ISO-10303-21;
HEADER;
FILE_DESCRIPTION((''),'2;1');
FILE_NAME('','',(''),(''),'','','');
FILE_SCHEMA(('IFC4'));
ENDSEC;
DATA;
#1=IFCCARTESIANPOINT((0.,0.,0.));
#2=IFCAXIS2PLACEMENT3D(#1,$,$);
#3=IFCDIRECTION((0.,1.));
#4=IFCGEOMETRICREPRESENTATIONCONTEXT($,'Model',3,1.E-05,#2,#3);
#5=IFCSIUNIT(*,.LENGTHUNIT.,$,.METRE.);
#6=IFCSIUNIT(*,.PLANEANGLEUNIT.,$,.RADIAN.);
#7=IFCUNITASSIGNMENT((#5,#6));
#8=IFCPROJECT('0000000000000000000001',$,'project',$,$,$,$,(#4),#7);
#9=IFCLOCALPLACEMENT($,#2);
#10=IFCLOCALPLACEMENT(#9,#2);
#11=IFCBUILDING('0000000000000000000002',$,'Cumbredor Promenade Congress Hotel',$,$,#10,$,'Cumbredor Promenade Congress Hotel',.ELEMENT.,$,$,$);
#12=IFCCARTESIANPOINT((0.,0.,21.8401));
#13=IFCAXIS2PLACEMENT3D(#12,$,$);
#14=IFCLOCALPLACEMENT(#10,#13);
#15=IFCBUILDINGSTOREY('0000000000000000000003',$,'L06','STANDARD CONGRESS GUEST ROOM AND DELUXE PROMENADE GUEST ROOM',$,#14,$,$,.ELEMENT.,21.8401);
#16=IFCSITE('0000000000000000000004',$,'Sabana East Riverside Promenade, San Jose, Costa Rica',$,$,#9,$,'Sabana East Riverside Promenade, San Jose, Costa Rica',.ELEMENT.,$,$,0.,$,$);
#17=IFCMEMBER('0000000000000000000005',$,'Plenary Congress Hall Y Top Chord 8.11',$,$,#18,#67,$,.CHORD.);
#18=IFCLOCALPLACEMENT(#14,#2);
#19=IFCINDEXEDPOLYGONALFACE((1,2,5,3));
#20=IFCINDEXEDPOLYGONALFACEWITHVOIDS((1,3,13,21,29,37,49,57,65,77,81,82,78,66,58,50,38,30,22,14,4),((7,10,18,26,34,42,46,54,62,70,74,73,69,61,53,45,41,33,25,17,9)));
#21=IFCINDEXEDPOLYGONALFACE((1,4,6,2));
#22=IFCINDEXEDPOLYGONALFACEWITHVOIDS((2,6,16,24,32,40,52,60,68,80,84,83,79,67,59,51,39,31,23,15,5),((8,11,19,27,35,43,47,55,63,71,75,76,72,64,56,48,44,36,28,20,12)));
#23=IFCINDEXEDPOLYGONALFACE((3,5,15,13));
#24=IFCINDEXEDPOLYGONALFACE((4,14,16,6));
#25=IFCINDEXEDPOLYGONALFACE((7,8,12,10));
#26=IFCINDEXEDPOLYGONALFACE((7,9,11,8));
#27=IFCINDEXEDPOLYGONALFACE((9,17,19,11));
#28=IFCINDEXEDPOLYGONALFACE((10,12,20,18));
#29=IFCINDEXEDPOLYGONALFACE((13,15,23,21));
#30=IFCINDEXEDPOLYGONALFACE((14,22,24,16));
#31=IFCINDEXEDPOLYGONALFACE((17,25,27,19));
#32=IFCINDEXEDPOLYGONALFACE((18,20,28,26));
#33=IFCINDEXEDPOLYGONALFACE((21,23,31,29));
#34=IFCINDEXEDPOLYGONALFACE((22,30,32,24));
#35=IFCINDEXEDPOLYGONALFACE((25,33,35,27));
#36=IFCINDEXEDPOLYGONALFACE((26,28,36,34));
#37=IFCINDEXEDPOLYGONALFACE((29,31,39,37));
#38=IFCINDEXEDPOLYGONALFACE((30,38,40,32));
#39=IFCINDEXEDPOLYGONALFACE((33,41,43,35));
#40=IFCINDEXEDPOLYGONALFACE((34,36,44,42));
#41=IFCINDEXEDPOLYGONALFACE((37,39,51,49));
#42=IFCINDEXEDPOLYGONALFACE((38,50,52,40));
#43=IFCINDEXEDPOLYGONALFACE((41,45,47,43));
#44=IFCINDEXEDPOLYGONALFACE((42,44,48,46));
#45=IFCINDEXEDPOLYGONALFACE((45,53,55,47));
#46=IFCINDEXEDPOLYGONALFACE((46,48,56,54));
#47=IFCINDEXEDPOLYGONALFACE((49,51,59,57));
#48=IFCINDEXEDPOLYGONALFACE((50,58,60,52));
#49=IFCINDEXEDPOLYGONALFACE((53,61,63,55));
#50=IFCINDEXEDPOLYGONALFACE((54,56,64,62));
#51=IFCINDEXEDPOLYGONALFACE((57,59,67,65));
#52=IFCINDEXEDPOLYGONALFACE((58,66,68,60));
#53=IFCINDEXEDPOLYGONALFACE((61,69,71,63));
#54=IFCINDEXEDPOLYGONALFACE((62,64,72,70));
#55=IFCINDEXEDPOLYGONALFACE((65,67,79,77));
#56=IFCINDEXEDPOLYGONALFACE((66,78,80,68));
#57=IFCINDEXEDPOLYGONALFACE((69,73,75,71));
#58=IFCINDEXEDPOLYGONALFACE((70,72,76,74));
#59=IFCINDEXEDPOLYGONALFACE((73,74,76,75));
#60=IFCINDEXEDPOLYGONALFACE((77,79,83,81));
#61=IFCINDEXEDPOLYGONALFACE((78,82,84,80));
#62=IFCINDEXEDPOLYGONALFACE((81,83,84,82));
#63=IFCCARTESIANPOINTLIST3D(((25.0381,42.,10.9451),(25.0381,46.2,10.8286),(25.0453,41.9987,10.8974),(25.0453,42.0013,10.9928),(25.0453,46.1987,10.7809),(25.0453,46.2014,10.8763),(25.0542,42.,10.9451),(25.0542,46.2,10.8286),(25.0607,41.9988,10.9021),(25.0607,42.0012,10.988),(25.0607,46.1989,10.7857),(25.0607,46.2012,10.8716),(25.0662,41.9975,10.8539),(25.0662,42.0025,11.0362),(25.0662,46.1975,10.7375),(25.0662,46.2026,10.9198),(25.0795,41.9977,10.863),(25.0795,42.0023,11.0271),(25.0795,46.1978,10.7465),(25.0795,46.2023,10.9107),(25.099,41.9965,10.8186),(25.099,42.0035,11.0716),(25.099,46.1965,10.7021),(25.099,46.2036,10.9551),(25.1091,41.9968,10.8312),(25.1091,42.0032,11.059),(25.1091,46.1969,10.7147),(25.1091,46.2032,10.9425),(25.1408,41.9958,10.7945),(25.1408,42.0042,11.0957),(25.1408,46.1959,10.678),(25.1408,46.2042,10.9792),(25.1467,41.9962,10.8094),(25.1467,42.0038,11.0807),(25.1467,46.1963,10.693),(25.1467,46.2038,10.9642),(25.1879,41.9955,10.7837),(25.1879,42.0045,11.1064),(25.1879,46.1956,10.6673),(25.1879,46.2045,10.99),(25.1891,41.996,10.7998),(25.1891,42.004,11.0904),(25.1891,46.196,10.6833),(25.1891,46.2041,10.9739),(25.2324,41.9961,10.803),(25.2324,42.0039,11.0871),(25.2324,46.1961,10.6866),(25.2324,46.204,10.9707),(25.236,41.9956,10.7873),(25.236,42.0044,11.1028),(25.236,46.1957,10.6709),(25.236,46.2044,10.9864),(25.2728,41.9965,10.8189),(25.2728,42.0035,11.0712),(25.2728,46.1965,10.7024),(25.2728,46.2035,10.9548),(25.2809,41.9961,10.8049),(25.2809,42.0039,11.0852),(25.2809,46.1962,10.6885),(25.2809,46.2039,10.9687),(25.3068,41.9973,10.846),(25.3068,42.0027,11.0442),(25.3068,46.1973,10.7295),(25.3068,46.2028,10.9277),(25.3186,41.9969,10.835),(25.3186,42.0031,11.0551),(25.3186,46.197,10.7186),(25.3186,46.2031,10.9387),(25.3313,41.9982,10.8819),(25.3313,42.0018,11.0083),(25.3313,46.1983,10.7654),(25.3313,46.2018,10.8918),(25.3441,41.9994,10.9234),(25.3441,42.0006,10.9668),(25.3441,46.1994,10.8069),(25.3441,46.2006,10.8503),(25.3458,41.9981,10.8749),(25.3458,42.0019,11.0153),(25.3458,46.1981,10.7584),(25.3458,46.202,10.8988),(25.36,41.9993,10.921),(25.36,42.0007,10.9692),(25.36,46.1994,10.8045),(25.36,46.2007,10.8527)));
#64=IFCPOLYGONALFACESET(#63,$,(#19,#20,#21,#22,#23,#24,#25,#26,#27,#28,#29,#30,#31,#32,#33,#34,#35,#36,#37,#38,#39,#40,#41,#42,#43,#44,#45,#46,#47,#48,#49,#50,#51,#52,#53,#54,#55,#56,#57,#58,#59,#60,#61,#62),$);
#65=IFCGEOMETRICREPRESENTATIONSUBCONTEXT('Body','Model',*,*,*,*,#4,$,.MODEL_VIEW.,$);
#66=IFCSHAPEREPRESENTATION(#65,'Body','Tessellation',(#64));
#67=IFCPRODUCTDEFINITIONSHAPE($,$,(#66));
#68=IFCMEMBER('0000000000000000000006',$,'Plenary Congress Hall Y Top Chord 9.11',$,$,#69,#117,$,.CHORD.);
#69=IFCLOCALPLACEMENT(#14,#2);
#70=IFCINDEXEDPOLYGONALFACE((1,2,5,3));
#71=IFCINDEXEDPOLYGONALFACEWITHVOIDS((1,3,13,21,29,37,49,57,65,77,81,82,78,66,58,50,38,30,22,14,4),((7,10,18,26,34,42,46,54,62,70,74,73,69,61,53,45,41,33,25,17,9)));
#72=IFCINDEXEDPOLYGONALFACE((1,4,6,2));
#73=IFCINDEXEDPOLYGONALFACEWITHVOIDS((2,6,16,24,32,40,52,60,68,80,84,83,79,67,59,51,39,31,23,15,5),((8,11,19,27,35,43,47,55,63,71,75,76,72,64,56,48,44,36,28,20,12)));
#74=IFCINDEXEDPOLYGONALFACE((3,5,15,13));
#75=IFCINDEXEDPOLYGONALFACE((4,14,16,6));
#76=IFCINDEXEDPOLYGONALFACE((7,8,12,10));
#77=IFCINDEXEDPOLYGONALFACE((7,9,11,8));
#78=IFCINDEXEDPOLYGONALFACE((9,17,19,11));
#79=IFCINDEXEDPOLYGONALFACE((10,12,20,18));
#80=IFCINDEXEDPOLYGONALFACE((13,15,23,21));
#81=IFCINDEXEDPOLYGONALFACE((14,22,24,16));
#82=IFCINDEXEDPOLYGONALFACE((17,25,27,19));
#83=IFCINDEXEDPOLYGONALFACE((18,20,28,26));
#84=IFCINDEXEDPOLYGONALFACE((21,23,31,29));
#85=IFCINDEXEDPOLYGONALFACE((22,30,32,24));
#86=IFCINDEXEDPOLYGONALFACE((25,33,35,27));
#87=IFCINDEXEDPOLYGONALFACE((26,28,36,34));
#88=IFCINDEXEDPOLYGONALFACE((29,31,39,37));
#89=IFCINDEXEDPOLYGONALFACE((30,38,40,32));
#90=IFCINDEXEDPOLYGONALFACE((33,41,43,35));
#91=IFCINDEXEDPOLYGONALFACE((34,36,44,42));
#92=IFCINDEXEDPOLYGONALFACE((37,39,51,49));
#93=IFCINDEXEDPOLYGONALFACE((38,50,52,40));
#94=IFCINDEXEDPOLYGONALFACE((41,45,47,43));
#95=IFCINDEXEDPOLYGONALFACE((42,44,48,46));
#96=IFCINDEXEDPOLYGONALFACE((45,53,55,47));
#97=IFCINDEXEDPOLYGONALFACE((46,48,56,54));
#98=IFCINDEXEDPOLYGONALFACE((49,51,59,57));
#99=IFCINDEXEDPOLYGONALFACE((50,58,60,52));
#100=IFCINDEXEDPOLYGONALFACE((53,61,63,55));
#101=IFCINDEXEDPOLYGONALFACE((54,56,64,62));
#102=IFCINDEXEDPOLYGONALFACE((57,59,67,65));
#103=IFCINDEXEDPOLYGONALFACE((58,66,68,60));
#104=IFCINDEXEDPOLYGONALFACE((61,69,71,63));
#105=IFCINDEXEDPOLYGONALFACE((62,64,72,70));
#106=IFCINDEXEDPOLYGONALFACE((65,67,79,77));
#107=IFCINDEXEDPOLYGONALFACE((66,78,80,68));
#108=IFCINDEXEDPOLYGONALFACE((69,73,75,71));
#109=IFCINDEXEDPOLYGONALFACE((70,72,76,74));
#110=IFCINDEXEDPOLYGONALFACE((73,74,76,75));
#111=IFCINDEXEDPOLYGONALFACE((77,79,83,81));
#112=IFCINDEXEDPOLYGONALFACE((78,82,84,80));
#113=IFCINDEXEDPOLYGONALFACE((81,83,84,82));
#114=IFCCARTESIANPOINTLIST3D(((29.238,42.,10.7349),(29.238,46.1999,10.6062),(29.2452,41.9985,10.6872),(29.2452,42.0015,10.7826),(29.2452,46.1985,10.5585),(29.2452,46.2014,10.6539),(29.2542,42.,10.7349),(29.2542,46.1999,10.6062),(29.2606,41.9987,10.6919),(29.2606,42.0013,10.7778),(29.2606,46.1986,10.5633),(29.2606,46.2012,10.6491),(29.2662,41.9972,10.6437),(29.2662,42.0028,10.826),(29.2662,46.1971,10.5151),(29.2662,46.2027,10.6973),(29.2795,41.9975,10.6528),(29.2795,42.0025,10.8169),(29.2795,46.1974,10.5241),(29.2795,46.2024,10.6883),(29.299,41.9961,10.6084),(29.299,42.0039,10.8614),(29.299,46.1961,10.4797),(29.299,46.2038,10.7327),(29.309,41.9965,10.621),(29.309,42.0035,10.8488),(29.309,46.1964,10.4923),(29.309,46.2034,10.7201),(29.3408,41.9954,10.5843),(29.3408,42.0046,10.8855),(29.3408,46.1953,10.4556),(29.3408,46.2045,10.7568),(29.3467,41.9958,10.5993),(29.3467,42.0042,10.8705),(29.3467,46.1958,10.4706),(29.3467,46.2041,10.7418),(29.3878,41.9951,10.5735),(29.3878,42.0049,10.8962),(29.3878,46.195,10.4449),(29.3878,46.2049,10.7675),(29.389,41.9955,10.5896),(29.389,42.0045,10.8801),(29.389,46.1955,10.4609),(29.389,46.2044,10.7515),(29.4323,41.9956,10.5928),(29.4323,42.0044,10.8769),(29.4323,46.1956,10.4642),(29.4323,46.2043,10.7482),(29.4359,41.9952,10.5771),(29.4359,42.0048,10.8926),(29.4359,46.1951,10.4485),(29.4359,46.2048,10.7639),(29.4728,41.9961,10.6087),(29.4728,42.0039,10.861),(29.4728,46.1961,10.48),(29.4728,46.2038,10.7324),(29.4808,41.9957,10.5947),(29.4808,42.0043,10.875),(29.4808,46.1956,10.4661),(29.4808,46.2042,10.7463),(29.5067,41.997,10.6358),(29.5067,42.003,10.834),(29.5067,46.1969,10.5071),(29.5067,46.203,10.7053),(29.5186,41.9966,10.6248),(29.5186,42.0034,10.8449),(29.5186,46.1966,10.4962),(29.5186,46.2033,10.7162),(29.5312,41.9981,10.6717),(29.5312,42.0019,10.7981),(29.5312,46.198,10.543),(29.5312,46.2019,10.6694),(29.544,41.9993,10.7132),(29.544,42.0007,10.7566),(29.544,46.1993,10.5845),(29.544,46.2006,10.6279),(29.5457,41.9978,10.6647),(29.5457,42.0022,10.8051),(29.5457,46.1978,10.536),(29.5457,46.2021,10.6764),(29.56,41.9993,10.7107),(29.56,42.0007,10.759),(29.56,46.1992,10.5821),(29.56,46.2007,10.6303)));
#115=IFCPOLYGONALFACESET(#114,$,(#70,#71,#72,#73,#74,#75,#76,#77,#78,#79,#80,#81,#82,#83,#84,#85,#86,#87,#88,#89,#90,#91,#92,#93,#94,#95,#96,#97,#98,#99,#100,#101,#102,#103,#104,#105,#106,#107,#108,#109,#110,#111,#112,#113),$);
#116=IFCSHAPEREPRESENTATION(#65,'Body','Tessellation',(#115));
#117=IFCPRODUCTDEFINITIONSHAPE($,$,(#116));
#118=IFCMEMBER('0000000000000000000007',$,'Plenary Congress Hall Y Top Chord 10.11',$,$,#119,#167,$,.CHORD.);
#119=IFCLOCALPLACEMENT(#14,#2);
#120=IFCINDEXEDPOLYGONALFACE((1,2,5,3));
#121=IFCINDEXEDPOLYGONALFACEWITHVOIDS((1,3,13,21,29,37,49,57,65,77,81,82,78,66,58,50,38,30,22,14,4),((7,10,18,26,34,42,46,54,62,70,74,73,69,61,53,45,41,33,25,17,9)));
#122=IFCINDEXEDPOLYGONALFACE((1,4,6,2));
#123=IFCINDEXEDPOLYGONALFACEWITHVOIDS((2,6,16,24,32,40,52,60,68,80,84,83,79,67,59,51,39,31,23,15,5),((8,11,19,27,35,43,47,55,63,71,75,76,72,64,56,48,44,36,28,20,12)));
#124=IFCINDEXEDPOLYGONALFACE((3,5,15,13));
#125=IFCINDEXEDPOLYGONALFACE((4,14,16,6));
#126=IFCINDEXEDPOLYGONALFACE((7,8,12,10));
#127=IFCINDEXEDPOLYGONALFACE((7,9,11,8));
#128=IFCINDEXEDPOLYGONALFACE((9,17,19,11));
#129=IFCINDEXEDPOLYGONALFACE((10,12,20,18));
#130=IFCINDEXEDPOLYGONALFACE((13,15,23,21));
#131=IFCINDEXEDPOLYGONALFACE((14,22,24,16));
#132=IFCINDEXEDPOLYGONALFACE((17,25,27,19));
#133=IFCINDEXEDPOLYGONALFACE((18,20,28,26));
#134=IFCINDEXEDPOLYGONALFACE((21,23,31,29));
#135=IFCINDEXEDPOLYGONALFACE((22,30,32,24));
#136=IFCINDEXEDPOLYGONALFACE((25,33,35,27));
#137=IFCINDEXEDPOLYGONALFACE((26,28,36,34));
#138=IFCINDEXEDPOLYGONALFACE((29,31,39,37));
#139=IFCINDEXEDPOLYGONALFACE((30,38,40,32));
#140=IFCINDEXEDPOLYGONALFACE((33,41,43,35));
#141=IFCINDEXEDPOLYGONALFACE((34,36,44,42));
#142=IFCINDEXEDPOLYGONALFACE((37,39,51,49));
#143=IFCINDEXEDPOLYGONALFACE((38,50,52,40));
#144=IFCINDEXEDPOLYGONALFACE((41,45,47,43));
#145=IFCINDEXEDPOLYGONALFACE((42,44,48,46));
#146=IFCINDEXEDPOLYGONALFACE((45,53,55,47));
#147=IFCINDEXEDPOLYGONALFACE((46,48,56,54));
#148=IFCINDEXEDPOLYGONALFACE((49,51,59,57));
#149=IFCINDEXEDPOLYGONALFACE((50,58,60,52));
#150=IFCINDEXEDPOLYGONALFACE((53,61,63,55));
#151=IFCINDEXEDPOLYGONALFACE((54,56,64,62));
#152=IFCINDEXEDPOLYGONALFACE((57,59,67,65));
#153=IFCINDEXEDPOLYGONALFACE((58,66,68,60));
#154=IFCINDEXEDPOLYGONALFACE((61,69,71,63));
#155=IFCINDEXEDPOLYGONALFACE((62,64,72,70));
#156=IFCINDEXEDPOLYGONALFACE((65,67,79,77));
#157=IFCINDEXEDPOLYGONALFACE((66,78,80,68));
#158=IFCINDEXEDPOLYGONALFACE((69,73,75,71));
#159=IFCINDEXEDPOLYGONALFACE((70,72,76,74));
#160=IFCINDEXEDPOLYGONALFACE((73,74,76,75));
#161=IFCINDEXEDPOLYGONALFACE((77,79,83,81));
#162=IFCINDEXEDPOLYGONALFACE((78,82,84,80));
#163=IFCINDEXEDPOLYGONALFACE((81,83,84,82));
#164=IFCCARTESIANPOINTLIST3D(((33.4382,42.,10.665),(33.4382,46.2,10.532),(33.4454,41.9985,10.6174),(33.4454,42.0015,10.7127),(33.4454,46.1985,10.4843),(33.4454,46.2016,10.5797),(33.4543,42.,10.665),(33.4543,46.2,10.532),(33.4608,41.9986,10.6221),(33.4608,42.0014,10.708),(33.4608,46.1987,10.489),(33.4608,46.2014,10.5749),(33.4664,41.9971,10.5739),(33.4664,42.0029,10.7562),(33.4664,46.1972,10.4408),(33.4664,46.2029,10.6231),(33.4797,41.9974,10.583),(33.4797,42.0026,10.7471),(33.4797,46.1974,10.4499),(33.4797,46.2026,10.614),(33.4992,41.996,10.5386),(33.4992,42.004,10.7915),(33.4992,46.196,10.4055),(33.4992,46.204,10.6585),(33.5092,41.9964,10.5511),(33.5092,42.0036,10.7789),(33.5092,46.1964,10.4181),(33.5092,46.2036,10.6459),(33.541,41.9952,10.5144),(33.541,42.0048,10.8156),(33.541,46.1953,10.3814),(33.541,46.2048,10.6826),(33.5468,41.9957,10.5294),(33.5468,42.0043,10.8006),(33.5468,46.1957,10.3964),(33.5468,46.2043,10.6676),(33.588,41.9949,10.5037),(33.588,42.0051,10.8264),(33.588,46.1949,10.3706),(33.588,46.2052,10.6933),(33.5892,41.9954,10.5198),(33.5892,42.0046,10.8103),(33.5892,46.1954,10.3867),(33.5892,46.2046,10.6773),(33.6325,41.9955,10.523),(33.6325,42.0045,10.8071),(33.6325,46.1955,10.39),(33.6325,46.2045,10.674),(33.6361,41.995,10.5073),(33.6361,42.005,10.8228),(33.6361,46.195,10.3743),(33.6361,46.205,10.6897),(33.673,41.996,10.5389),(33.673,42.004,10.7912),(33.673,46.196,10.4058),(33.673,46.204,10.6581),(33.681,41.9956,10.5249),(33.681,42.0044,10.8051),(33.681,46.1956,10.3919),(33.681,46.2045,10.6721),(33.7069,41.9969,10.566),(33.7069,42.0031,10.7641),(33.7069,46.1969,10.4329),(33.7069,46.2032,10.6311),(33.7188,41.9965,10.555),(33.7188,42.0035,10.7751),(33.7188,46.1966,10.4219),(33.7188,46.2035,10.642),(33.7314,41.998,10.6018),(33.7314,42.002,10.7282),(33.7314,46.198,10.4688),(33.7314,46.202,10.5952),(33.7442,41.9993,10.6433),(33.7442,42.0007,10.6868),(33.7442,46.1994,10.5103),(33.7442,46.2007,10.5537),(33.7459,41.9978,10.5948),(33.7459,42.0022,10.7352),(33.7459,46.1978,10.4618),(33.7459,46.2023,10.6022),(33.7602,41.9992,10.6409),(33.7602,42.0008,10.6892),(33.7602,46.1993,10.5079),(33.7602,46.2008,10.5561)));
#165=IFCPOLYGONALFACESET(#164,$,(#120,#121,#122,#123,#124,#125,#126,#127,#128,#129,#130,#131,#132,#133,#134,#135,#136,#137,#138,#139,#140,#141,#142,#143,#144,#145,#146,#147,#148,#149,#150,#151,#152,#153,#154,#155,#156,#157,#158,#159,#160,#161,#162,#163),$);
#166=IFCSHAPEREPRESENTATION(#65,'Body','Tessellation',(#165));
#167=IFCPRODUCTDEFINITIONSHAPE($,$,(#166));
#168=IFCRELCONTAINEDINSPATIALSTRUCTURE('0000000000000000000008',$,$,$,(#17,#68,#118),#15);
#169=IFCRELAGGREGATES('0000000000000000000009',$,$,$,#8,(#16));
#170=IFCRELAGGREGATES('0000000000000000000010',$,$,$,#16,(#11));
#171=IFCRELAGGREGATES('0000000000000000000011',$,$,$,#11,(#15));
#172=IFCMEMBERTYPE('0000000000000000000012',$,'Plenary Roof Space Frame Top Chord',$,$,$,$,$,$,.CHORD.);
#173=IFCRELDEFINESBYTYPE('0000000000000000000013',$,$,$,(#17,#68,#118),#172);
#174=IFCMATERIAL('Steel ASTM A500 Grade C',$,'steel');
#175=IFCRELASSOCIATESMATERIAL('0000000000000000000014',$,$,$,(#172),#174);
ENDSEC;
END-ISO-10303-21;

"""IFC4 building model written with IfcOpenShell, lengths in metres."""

from ifc_helpers import new_model, si_unit, direction, frame, origin, origin_2d, place, context, subcontext, project, spatial, hollow_circle, extrude, material, material_profile, profile_set, type_object, element, save


model = new_model("IFC4")

# Units and contexts
model_context = context("Model", 3, precision=1e-05, world=origin(), true_north=direction((0.0, 1.0)))
body_context = subcontext(model_context, "Body", "Model", "MODEL_VIEW")
ifc_project = project(units=[si_unit("LENGTHUNIT", "METRE"), si_unit("PLANEANGLEUNIT", "RADIAN")], contexts=[model_context])

# Site, building, storey
site_placement = place(None, origin())
site = spatial("IfcSite", under=ifc_project, at=site_placement, Name="Sabana East Riverside Promenade, San Jose, Costa Rica", LongName="Sabana East Riverside Promenade, San Jose, Costa Rica", CompositionType="ELEMENT", RefElevation=0.0)
building_placement = place(site_placement, origin())
building = spatial("IfcBuilding", under=site, at=building_placement, Name="Cumbredor Promenade Congress Hotel", LongName="Cumbredor Promenade Congress Hotel", CompositionType="ELEMENT")
storey_placement = place(building_placement, frame((0.0, 0.0, 21.8401)))
storey = spatial("IfcBuildingStorey", under=building, at=storey_placement, Name="L06", Description="STANDARD CONGRESS GUEST ROOM AND DELUXE PROMENADE GUEST ROOM", CompositionType="ELEMENT", Elevation=21.8401)

# Members
ifc_material_1 = material(Name="Steel ASTM A500 Grade C", Category="steel")
ifc_material_profile_1 = material_profile(ifc_material_1, hollow_circle(Radius=0.1619, WallThickness=0.0161, at=origin_2d()), Name="CHS 323.9x16")
ifc_profile_set_1 = profile_set([ifc_material_profile_1], Name="Steel ASTM A500 Grade C")
member_type_1 = type_object("IfcMemberType", Name="Plenary Roof Space Frame Top Chord", PredefinedType="CHORD", material=ifc_profile_set_1)
member_1_placement = place(storey_placement, frame((25.2, 42.0, 10.9451), z_axis=(0.0, 0.999616, -0.027717), x_axis=(-1.0, 0.0, 0.0)))
element("IfcMember", 1, at=member_1_placement, inside=storey, type_object=member_type_1, Name="Plenary Congress Hall Y Top Chord 8.11", PredefinedType="CHORD", context=body_context, shape_type="SweptSolid", body=[
    extrude(hollow_circle(Radius=0.1619, WallThickness=0.0161, at=origin_2d()), origin(), (0.0, 0.0, 1.0), 4.2017),
])
member_2_placement = place(storey_placement, frame((29.3999, 42.0, 10.7349), z_axis=(0.0, 0.999531, -0.03062), x_axis=(-1.0, 0.0, 0.0)))
element("IfcMember", 2, at=member_2_placement, inside=storey, type_object=member_type_1, Name="Plenary Congress Hall Y Top Chord 9.11", PredefinedType="CHORD", context=body_context, shape_type="SweptSolid", body=[
    extrude(hollow_circle(Radius=0.1619, WallThickness=0.0161, at=origin_2d()), origin(), (0.0, 0.0, 1.0), 4.2019),
])
member_3_placement = place(storey_placement, frame((33.6001, 42.0, 10.665), z_axis=(0.0, 0.999499, -0.031665), x_axis=(-1.0, 0.0, 0.0)))
element("IfcMember", 3, at=member_3_placement, inside=storey, type_object=member_type_1, Name="Plenary Congress Hall Y Top Chord 10.11", PredefinedType="CHORD", context=body_context, shape_type="SweptSolid", body=[
    extrude(hollow_circle(Radius=0.1619, WallThickness=0.0161, at=origin_2d()), origin(), (0.0, 0.0, 1.0), 4.2021),
])

save(model, "model.ifc")
